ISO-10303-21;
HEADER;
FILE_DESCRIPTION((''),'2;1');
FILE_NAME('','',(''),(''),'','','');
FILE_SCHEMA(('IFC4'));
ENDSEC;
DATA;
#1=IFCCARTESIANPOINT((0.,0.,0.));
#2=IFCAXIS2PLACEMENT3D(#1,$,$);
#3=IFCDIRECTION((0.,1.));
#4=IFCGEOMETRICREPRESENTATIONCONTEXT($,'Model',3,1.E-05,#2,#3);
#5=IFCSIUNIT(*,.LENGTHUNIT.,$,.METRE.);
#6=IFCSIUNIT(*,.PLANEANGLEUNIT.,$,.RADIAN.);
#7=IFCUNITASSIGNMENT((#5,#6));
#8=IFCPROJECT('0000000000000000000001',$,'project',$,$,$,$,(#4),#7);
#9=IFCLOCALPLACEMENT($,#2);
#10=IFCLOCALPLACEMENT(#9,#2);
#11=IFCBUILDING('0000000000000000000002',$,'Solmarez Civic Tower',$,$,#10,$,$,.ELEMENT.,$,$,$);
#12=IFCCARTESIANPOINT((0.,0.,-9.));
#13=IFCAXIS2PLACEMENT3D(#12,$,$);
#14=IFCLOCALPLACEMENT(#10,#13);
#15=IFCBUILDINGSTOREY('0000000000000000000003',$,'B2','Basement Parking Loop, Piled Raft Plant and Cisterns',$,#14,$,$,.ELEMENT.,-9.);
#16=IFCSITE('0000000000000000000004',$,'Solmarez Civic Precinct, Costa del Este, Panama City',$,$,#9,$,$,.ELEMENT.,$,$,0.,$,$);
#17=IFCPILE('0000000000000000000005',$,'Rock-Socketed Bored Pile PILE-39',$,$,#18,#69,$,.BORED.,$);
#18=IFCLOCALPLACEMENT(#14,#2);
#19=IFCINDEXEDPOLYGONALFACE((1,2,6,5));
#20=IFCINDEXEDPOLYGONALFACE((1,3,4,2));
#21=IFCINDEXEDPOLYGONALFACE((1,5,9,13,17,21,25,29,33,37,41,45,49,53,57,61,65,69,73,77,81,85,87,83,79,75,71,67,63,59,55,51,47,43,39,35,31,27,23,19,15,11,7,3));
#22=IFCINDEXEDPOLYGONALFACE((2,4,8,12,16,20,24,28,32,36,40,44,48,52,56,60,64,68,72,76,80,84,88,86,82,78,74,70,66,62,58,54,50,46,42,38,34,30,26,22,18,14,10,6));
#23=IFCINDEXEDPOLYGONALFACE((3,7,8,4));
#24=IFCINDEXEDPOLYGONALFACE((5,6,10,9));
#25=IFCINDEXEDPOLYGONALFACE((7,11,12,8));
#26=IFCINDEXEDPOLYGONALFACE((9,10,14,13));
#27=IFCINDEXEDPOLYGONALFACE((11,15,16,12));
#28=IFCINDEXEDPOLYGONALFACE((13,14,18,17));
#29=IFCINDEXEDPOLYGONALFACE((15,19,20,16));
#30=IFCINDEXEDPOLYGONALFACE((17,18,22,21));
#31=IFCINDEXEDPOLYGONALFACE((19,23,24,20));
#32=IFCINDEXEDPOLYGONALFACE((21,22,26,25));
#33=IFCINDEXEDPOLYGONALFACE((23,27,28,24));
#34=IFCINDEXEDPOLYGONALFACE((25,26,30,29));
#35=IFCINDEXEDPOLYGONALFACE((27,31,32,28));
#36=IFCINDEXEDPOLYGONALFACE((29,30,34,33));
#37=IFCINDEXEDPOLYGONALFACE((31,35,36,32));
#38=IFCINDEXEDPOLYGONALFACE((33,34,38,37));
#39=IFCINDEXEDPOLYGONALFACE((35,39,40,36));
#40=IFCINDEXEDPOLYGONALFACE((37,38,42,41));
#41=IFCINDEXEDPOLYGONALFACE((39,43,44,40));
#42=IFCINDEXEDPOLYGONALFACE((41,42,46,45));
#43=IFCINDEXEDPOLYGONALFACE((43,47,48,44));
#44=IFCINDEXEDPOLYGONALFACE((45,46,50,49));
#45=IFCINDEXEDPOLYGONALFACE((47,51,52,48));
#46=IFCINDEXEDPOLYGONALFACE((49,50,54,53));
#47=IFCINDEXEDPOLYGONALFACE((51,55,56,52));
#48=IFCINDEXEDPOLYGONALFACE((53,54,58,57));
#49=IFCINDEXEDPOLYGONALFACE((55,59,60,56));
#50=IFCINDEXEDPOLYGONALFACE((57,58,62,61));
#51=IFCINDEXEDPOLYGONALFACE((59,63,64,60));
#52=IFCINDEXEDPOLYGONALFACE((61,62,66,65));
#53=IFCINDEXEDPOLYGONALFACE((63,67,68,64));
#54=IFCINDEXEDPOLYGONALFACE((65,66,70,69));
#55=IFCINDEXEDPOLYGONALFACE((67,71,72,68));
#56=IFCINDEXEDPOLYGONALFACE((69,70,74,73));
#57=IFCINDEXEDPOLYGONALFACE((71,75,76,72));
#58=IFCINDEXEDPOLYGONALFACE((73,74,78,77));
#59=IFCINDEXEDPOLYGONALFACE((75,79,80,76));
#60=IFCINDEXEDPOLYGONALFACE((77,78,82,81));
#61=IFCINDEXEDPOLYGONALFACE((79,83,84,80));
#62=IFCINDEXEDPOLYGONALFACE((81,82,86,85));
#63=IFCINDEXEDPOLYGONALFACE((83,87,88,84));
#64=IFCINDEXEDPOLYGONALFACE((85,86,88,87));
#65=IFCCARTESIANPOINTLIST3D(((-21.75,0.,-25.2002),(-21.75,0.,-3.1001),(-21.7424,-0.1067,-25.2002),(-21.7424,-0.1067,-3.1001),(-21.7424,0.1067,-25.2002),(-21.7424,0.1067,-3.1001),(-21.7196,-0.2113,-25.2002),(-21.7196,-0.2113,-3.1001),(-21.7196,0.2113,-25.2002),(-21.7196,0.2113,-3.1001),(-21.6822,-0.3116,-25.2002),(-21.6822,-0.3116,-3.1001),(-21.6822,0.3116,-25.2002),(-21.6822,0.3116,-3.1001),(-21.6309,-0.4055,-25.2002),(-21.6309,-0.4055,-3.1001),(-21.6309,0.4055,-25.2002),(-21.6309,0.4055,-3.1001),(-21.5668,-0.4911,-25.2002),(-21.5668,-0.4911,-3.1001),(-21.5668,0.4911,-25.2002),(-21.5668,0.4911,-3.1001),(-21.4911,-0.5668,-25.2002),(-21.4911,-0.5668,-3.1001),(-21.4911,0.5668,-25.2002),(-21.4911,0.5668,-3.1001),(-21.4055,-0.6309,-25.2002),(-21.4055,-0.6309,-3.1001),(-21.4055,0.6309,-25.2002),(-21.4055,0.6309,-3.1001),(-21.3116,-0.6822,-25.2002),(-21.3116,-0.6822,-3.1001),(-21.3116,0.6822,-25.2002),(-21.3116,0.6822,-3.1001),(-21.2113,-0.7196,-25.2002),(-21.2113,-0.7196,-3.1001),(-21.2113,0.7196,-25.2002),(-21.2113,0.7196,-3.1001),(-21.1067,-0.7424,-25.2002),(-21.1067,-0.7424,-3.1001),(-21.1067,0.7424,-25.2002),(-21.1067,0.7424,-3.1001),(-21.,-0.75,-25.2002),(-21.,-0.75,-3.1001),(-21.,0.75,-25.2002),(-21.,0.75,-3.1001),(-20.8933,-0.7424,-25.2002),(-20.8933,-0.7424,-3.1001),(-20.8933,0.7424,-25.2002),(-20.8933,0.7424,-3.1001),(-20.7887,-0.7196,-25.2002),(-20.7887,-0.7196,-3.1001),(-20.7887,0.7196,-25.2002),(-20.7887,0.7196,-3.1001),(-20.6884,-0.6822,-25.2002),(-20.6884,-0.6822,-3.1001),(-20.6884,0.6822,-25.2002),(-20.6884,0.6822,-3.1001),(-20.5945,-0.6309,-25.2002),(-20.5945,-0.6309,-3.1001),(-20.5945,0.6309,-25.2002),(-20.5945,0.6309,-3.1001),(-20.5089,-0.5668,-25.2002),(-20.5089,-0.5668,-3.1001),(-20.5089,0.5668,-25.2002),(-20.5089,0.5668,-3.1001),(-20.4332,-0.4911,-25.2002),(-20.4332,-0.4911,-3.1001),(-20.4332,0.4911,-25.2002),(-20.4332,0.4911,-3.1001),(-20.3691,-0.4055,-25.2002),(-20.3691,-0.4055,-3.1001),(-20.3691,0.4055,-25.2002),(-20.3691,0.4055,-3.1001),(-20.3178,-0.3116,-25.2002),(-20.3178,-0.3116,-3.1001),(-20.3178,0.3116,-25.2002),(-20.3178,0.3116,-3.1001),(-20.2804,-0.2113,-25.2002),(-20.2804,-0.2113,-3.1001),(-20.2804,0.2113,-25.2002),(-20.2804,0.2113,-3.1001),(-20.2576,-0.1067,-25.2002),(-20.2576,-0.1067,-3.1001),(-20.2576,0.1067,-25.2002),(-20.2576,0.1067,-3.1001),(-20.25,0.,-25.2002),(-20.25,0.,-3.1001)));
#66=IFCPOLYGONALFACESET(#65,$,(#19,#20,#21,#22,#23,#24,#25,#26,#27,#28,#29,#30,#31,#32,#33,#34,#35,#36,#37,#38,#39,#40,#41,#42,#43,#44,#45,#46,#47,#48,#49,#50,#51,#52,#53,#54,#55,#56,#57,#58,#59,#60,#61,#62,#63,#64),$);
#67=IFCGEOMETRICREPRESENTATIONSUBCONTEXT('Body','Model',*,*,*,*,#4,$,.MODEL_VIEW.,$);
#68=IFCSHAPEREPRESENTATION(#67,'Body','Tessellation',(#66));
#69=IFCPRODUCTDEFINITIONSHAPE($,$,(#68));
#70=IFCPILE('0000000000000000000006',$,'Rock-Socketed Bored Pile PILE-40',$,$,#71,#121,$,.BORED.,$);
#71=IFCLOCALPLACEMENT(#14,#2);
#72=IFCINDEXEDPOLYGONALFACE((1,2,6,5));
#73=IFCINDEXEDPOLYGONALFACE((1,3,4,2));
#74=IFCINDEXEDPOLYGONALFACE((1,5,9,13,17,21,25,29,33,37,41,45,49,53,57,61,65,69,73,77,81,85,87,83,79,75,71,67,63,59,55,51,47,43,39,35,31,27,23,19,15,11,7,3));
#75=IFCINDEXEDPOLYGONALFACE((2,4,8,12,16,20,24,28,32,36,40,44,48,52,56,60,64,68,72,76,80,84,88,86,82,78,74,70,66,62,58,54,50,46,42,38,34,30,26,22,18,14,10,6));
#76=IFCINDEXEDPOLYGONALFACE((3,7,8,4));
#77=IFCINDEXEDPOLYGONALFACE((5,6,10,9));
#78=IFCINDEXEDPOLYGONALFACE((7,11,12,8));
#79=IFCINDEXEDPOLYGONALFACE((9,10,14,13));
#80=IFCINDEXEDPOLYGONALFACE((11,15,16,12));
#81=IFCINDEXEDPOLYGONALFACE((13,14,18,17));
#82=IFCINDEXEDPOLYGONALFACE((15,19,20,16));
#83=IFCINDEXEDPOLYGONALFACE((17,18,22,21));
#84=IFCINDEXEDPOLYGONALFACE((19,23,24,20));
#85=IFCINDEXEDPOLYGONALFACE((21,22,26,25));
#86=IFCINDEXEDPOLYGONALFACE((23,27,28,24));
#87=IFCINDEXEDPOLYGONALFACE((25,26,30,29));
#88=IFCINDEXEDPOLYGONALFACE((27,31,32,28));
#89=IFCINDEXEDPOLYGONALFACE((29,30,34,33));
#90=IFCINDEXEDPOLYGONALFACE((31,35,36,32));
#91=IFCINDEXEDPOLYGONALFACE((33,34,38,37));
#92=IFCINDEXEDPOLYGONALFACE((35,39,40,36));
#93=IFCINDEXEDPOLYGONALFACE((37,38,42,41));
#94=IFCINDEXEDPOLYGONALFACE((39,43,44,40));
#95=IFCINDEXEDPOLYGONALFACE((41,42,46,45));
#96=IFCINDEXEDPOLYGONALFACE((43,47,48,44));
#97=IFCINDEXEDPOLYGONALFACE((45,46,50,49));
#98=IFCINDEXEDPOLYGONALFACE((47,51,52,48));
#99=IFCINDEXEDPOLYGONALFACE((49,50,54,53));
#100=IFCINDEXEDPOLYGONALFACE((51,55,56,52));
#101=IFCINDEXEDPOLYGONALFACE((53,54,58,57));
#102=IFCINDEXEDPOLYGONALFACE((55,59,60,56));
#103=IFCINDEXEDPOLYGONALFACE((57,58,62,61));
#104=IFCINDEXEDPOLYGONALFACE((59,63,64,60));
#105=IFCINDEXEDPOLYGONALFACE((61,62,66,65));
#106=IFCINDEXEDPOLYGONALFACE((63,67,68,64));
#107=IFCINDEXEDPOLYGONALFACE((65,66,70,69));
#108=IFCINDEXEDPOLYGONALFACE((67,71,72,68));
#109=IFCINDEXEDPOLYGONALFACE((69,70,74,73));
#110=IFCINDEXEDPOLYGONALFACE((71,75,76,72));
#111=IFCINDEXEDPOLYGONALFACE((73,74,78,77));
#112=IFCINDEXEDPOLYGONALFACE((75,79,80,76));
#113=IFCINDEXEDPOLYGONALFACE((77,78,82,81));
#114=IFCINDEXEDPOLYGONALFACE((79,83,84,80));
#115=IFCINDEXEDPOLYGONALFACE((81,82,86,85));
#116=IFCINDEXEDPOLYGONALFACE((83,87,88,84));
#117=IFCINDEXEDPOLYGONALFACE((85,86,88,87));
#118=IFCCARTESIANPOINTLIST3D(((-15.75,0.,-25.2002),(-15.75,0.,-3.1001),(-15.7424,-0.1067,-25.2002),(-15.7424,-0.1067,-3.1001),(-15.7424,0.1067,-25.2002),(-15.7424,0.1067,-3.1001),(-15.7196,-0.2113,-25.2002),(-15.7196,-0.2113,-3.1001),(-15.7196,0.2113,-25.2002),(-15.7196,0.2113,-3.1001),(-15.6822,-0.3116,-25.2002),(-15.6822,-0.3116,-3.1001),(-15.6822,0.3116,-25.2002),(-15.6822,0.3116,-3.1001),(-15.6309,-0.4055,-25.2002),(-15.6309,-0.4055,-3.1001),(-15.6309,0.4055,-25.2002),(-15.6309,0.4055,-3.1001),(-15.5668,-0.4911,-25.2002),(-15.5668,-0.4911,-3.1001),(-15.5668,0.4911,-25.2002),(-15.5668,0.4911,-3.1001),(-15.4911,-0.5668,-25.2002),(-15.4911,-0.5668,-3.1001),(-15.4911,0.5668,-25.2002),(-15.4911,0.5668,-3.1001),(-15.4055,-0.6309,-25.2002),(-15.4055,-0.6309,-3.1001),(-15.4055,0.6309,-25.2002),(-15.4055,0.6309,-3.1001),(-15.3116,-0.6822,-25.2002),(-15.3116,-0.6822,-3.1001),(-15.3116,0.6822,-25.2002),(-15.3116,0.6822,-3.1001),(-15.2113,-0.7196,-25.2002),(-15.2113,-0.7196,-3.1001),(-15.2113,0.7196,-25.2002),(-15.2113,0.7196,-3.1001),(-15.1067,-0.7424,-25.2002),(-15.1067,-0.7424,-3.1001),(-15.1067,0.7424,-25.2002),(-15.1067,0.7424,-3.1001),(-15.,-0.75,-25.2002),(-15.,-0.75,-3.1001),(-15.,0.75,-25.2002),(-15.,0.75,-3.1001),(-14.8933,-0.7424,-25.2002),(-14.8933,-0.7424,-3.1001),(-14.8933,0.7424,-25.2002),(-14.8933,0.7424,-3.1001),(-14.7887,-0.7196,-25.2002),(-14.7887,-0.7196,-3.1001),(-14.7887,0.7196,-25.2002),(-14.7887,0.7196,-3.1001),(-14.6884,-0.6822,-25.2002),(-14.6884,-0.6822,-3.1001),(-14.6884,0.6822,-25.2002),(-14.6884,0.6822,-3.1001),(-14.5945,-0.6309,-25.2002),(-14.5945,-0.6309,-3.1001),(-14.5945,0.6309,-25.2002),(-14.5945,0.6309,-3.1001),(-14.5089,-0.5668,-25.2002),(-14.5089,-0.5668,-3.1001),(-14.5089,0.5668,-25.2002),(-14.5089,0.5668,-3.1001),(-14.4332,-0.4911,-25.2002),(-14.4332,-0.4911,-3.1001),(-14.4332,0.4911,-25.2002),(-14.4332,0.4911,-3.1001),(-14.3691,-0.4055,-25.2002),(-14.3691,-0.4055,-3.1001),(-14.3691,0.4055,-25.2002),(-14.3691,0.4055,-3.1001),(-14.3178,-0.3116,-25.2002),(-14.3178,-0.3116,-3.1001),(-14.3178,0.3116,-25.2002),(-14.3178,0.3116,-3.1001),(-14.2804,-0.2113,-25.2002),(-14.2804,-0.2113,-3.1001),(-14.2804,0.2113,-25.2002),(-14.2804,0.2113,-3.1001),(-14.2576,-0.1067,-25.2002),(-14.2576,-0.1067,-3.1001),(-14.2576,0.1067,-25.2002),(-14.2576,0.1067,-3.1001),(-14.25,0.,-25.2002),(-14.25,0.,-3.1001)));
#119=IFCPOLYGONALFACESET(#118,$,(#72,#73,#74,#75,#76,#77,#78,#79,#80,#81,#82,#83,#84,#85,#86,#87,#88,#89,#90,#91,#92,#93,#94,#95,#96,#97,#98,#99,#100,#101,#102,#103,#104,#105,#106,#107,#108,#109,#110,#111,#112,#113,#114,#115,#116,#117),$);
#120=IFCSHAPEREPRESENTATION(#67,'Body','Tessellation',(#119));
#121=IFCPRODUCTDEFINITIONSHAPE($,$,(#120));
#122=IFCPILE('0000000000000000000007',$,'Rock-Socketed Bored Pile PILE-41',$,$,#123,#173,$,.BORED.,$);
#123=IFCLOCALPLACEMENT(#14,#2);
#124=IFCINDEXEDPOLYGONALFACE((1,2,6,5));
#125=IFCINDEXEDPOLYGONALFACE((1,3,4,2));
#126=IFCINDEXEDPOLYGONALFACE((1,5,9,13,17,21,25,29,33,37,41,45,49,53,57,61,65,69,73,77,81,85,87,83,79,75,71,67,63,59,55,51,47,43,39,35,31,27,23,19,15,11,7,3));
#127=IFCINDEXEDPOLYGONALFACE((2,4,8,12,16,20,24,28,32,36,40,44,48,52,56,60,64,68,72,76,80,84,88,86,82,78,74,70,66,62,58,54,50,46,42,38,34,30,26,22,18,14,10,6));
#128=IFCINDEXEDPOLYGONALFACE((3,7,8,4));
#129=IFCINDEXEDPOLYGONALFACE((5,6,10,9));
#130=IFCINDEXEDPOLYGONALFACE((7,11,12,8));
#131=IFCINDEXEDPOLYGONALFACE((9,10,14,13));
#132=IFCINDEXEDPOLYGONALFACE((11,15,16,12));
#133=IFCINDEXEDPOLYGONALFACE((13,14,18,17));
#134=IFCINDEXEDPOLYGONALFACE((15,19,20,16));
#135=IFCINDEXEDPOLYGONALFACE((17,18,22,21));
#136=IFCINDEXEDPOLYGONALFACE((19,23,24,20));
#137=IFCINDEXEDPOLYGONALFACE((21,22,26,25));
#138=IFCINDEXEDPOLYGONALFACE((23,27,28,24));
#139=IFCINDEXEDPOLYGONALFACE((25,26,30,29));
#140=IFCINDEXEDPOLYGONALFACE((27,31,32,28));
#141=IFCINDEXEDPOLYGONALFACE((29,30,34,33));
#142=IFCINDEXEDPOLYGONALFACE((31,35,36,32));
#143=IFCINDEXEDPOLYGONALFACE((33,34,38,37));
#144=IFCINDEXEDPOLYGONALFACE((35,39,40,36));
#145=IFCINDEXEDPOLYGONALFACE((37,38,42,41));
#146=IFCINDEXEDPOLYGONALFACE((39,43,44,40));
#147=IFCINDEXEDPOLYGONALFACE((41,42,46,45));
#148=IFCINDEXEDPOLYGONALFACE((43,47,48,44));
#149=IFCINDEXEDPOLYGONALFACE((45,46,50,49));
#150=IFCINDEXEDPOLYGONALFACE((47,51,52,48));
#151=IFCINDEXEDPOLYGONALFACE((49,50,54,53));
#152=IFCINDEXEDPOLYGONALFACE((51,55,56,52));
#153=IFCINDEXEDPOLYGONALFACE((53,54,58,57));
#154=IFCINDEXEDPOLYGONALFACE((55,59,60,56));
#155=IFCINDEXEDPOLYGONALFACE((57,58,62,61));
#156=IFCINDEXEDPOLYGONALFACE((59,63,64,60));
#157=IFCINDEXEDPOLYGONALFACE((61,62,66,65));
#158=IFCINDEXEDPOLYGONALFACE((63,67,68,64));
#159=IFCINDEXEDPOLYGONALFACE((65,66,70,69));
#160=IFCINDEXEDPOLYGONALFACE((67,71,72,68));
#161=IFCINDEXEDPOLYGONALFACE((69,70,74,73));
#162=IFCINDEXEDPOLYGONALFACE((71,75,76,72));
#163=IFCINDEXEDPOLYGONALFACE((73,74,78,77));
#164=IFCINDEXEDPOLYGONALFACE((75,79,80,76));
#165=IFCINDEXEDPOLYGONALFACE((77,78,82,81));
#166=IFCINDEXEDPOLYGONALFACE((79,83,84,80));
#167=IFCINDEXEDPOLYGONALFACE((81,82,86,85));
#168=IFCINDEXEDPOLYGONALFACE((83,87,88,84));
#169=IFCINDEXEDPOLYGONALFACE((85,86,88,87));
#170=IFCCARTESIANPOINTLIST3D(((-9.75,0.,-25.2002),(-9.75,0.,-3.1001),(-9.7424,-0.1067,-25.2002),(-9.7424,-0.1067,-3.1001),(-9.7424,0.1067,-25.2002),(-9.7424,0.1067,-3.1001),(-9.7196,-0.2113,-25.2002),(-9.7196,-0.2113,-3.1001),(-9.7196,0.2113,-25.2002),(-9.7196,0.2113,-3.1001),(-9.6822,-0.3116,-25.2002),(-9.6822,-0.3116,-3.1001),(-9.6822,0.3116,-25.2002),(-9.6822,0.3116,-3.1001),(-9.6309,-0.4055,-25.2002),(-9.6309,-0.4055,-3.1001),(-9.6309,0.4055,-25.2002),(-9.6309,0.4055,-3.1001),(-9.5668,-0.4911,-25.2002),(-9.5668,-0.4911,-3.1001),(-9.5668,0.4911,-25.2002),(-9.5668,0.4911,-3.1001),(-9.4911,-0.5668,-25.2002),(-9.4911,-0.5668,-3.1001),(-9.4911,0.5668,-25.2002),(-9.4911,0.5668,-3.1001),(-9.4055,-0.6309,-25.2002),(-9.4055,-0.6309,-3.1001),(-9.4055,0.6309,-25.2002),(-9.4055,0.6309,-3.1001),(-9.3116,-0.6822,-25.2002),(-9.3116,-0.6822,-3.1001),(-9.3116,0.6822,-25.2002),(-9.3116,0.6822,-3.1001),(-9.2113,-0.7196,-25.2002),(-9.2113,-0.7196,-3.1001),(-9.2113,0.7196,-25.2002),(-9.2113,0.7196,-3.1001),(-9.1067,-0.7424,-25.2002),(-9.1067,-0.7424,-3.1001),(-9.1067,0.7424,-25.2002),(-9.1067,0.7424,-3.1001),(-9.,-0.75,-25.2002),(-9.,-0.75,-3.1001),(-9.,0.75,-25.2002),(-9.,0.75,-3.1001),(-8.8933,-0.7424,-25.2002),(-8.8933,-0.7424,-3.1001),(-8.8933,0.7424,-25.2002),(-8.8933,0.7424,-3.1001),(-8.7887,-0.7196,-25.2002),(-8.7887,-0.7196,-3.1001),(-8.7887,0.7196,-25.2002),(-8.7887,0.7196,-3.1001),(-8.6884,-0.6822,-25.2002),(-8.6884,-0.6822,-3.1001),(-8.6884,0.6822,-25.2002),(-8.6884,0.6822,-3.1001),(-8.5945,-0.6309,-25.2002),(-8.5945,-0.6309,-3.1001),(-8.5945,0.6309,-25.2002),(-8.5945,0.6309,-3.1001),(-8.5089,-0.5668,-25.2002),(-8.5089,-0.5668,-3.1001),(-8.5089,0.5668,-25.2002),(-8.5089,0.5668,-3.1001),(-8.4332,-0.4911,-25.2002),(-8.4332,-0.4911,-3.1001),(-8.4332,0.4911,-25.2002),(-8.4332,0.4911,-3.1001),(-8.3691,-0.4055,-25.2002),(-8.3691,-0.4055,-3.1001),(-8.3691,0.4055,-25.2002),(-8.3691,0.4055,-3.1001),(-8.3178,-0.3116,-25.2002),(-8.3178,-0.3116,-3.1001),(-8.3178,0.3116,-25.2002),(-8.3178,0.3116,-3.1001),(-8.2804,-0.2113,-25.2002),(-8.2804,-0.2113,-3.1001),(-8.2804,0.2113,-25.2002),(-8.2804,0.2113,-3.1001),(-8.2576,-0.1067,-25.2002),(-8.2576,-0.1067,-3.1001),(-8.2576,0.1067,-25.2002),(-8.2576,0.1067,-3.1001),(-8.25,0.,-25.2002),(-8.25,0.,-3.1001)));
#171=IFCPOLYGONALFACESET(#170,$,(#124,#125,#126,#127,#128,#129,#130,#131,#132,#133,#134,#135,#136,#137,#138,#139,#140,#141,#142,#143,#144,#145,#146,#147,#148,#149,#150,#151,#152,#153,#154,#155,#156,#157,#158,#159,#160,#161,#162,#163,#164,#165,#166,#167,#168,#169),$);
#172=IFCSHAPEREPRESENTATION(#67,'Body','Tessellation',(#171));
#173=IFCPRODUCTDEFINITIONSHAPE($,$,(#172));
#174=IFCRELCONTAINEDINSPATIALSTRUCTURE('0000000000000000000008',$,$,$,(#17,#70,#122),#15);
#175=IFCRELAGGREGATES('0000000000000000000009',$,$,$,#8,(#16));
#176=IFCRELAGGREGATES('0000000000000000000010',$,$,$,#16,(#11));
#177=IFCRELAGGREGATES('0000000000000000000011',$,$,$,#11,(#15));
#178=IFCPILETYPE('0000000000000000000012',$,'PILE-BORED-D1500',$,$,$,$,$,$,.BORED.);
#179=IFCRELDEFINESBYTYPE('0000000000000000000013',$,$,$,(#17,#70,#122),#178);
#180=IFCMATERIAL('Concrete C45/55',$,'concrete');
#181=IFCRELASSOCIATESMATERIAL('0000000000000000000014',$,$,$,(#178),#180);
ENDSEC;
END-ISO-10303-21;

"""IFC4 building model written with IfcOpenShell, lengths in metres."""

from ifc_helpers import new_model, si_unit, direction, frame, origin, origin_2d, place, context, subcontext, project, spatial, circle, extrude, material, material_profile, profile_set, type_object, element, save


model = new_model("IFC4")

# Units and contexts
model_context = context("Model", 3, precision=1e-05, world=origin(), true_north=direction((0.0, 1.0)))
body_context = subcontext(model_context, "Body", "Model", "MODEL_VIEW")
ifc_project = project(units=[si_unit("LENGTHUNIT", "METRE"), si_unit("PLANEANGLEUNIT", "RADIAN")], contexts=[model_context])

# Site, building, storey
site_placement = place(None, origin())
site = spatial("IfcSite", under=ifc_project, at=site_placement, Name="Solmarez Civic Precinct, Costa del Este, Panama City", CompositionType="ELEMENT", RefElevation=0.0)
building_placement = place(site_placement, origin())
building = spatial("IfcBuilding", under=site, at=building_placement, Name="Solmarez Civic Tower", CompositionType="ELEMENT")
storey_placement = place(building_placement, frame((0.0, 0.0, -9.0)))
storey = spatial("IfcBuildingStorey", under=building, at=storey_placement, Name="B2", Description="Basement Parking Loop, Piled Raft Plant and Cisterns", CompositionType="ELEMENT", Elevation=-9.0)

# Piles
ifc_material_1 = material(Name="Concrete C45/55", Category="concrete")
ifc_material_profile_1 = material_profile(ifc_material_1, circle(Radius=0.75, at=origin_2d()), Name="PILE-D1500")
ifc_profile_set_1 = profile_set([ifc_material_profile_1], Name="Concrete C45/55")
pile_type = type_object("IfcPileType", Name="PILE-BORED-D1500", PredefinedType="BORED", material=ifc_profile_set_1)
for number, where, z_axis, x_axis, name in (
    (1, (-21.0, 0.0, -3.1001), (0.0, 0.0, -1.0), (1.0, 0.0, 0.0), "Rock-Socketed Bored Pile PILE-39"),
    (2, (-15.0, 0.0, -3.1001), (0.0, 0.0, -1.0), (1.0, 0.0, 0.0), "Rock-Socketed Bored Pile PILE-40"),
    (3, (-9.0, 0.0, -3.1001), (0.0, 0.0, -1.0), (1.0, 0.0, 0.0), "Rock-Socketed Bored Pile PILE-41"),
):
    element("IfcPile", number, at=place(storey_placement, frame(where, z_axis=z_axis, x_axis=x_axis)), inside=storey, type_object=pile_type, Name=name, PredefinedType="BORED", context=body_context, shape_type="SweptSolid", body=[
        extrude(circle(Radius=0.75, at=origin_2d()), origin(), (0.0, 0.0, 1.0), 22.1001),
    ])

save(model, "model.ifc")
